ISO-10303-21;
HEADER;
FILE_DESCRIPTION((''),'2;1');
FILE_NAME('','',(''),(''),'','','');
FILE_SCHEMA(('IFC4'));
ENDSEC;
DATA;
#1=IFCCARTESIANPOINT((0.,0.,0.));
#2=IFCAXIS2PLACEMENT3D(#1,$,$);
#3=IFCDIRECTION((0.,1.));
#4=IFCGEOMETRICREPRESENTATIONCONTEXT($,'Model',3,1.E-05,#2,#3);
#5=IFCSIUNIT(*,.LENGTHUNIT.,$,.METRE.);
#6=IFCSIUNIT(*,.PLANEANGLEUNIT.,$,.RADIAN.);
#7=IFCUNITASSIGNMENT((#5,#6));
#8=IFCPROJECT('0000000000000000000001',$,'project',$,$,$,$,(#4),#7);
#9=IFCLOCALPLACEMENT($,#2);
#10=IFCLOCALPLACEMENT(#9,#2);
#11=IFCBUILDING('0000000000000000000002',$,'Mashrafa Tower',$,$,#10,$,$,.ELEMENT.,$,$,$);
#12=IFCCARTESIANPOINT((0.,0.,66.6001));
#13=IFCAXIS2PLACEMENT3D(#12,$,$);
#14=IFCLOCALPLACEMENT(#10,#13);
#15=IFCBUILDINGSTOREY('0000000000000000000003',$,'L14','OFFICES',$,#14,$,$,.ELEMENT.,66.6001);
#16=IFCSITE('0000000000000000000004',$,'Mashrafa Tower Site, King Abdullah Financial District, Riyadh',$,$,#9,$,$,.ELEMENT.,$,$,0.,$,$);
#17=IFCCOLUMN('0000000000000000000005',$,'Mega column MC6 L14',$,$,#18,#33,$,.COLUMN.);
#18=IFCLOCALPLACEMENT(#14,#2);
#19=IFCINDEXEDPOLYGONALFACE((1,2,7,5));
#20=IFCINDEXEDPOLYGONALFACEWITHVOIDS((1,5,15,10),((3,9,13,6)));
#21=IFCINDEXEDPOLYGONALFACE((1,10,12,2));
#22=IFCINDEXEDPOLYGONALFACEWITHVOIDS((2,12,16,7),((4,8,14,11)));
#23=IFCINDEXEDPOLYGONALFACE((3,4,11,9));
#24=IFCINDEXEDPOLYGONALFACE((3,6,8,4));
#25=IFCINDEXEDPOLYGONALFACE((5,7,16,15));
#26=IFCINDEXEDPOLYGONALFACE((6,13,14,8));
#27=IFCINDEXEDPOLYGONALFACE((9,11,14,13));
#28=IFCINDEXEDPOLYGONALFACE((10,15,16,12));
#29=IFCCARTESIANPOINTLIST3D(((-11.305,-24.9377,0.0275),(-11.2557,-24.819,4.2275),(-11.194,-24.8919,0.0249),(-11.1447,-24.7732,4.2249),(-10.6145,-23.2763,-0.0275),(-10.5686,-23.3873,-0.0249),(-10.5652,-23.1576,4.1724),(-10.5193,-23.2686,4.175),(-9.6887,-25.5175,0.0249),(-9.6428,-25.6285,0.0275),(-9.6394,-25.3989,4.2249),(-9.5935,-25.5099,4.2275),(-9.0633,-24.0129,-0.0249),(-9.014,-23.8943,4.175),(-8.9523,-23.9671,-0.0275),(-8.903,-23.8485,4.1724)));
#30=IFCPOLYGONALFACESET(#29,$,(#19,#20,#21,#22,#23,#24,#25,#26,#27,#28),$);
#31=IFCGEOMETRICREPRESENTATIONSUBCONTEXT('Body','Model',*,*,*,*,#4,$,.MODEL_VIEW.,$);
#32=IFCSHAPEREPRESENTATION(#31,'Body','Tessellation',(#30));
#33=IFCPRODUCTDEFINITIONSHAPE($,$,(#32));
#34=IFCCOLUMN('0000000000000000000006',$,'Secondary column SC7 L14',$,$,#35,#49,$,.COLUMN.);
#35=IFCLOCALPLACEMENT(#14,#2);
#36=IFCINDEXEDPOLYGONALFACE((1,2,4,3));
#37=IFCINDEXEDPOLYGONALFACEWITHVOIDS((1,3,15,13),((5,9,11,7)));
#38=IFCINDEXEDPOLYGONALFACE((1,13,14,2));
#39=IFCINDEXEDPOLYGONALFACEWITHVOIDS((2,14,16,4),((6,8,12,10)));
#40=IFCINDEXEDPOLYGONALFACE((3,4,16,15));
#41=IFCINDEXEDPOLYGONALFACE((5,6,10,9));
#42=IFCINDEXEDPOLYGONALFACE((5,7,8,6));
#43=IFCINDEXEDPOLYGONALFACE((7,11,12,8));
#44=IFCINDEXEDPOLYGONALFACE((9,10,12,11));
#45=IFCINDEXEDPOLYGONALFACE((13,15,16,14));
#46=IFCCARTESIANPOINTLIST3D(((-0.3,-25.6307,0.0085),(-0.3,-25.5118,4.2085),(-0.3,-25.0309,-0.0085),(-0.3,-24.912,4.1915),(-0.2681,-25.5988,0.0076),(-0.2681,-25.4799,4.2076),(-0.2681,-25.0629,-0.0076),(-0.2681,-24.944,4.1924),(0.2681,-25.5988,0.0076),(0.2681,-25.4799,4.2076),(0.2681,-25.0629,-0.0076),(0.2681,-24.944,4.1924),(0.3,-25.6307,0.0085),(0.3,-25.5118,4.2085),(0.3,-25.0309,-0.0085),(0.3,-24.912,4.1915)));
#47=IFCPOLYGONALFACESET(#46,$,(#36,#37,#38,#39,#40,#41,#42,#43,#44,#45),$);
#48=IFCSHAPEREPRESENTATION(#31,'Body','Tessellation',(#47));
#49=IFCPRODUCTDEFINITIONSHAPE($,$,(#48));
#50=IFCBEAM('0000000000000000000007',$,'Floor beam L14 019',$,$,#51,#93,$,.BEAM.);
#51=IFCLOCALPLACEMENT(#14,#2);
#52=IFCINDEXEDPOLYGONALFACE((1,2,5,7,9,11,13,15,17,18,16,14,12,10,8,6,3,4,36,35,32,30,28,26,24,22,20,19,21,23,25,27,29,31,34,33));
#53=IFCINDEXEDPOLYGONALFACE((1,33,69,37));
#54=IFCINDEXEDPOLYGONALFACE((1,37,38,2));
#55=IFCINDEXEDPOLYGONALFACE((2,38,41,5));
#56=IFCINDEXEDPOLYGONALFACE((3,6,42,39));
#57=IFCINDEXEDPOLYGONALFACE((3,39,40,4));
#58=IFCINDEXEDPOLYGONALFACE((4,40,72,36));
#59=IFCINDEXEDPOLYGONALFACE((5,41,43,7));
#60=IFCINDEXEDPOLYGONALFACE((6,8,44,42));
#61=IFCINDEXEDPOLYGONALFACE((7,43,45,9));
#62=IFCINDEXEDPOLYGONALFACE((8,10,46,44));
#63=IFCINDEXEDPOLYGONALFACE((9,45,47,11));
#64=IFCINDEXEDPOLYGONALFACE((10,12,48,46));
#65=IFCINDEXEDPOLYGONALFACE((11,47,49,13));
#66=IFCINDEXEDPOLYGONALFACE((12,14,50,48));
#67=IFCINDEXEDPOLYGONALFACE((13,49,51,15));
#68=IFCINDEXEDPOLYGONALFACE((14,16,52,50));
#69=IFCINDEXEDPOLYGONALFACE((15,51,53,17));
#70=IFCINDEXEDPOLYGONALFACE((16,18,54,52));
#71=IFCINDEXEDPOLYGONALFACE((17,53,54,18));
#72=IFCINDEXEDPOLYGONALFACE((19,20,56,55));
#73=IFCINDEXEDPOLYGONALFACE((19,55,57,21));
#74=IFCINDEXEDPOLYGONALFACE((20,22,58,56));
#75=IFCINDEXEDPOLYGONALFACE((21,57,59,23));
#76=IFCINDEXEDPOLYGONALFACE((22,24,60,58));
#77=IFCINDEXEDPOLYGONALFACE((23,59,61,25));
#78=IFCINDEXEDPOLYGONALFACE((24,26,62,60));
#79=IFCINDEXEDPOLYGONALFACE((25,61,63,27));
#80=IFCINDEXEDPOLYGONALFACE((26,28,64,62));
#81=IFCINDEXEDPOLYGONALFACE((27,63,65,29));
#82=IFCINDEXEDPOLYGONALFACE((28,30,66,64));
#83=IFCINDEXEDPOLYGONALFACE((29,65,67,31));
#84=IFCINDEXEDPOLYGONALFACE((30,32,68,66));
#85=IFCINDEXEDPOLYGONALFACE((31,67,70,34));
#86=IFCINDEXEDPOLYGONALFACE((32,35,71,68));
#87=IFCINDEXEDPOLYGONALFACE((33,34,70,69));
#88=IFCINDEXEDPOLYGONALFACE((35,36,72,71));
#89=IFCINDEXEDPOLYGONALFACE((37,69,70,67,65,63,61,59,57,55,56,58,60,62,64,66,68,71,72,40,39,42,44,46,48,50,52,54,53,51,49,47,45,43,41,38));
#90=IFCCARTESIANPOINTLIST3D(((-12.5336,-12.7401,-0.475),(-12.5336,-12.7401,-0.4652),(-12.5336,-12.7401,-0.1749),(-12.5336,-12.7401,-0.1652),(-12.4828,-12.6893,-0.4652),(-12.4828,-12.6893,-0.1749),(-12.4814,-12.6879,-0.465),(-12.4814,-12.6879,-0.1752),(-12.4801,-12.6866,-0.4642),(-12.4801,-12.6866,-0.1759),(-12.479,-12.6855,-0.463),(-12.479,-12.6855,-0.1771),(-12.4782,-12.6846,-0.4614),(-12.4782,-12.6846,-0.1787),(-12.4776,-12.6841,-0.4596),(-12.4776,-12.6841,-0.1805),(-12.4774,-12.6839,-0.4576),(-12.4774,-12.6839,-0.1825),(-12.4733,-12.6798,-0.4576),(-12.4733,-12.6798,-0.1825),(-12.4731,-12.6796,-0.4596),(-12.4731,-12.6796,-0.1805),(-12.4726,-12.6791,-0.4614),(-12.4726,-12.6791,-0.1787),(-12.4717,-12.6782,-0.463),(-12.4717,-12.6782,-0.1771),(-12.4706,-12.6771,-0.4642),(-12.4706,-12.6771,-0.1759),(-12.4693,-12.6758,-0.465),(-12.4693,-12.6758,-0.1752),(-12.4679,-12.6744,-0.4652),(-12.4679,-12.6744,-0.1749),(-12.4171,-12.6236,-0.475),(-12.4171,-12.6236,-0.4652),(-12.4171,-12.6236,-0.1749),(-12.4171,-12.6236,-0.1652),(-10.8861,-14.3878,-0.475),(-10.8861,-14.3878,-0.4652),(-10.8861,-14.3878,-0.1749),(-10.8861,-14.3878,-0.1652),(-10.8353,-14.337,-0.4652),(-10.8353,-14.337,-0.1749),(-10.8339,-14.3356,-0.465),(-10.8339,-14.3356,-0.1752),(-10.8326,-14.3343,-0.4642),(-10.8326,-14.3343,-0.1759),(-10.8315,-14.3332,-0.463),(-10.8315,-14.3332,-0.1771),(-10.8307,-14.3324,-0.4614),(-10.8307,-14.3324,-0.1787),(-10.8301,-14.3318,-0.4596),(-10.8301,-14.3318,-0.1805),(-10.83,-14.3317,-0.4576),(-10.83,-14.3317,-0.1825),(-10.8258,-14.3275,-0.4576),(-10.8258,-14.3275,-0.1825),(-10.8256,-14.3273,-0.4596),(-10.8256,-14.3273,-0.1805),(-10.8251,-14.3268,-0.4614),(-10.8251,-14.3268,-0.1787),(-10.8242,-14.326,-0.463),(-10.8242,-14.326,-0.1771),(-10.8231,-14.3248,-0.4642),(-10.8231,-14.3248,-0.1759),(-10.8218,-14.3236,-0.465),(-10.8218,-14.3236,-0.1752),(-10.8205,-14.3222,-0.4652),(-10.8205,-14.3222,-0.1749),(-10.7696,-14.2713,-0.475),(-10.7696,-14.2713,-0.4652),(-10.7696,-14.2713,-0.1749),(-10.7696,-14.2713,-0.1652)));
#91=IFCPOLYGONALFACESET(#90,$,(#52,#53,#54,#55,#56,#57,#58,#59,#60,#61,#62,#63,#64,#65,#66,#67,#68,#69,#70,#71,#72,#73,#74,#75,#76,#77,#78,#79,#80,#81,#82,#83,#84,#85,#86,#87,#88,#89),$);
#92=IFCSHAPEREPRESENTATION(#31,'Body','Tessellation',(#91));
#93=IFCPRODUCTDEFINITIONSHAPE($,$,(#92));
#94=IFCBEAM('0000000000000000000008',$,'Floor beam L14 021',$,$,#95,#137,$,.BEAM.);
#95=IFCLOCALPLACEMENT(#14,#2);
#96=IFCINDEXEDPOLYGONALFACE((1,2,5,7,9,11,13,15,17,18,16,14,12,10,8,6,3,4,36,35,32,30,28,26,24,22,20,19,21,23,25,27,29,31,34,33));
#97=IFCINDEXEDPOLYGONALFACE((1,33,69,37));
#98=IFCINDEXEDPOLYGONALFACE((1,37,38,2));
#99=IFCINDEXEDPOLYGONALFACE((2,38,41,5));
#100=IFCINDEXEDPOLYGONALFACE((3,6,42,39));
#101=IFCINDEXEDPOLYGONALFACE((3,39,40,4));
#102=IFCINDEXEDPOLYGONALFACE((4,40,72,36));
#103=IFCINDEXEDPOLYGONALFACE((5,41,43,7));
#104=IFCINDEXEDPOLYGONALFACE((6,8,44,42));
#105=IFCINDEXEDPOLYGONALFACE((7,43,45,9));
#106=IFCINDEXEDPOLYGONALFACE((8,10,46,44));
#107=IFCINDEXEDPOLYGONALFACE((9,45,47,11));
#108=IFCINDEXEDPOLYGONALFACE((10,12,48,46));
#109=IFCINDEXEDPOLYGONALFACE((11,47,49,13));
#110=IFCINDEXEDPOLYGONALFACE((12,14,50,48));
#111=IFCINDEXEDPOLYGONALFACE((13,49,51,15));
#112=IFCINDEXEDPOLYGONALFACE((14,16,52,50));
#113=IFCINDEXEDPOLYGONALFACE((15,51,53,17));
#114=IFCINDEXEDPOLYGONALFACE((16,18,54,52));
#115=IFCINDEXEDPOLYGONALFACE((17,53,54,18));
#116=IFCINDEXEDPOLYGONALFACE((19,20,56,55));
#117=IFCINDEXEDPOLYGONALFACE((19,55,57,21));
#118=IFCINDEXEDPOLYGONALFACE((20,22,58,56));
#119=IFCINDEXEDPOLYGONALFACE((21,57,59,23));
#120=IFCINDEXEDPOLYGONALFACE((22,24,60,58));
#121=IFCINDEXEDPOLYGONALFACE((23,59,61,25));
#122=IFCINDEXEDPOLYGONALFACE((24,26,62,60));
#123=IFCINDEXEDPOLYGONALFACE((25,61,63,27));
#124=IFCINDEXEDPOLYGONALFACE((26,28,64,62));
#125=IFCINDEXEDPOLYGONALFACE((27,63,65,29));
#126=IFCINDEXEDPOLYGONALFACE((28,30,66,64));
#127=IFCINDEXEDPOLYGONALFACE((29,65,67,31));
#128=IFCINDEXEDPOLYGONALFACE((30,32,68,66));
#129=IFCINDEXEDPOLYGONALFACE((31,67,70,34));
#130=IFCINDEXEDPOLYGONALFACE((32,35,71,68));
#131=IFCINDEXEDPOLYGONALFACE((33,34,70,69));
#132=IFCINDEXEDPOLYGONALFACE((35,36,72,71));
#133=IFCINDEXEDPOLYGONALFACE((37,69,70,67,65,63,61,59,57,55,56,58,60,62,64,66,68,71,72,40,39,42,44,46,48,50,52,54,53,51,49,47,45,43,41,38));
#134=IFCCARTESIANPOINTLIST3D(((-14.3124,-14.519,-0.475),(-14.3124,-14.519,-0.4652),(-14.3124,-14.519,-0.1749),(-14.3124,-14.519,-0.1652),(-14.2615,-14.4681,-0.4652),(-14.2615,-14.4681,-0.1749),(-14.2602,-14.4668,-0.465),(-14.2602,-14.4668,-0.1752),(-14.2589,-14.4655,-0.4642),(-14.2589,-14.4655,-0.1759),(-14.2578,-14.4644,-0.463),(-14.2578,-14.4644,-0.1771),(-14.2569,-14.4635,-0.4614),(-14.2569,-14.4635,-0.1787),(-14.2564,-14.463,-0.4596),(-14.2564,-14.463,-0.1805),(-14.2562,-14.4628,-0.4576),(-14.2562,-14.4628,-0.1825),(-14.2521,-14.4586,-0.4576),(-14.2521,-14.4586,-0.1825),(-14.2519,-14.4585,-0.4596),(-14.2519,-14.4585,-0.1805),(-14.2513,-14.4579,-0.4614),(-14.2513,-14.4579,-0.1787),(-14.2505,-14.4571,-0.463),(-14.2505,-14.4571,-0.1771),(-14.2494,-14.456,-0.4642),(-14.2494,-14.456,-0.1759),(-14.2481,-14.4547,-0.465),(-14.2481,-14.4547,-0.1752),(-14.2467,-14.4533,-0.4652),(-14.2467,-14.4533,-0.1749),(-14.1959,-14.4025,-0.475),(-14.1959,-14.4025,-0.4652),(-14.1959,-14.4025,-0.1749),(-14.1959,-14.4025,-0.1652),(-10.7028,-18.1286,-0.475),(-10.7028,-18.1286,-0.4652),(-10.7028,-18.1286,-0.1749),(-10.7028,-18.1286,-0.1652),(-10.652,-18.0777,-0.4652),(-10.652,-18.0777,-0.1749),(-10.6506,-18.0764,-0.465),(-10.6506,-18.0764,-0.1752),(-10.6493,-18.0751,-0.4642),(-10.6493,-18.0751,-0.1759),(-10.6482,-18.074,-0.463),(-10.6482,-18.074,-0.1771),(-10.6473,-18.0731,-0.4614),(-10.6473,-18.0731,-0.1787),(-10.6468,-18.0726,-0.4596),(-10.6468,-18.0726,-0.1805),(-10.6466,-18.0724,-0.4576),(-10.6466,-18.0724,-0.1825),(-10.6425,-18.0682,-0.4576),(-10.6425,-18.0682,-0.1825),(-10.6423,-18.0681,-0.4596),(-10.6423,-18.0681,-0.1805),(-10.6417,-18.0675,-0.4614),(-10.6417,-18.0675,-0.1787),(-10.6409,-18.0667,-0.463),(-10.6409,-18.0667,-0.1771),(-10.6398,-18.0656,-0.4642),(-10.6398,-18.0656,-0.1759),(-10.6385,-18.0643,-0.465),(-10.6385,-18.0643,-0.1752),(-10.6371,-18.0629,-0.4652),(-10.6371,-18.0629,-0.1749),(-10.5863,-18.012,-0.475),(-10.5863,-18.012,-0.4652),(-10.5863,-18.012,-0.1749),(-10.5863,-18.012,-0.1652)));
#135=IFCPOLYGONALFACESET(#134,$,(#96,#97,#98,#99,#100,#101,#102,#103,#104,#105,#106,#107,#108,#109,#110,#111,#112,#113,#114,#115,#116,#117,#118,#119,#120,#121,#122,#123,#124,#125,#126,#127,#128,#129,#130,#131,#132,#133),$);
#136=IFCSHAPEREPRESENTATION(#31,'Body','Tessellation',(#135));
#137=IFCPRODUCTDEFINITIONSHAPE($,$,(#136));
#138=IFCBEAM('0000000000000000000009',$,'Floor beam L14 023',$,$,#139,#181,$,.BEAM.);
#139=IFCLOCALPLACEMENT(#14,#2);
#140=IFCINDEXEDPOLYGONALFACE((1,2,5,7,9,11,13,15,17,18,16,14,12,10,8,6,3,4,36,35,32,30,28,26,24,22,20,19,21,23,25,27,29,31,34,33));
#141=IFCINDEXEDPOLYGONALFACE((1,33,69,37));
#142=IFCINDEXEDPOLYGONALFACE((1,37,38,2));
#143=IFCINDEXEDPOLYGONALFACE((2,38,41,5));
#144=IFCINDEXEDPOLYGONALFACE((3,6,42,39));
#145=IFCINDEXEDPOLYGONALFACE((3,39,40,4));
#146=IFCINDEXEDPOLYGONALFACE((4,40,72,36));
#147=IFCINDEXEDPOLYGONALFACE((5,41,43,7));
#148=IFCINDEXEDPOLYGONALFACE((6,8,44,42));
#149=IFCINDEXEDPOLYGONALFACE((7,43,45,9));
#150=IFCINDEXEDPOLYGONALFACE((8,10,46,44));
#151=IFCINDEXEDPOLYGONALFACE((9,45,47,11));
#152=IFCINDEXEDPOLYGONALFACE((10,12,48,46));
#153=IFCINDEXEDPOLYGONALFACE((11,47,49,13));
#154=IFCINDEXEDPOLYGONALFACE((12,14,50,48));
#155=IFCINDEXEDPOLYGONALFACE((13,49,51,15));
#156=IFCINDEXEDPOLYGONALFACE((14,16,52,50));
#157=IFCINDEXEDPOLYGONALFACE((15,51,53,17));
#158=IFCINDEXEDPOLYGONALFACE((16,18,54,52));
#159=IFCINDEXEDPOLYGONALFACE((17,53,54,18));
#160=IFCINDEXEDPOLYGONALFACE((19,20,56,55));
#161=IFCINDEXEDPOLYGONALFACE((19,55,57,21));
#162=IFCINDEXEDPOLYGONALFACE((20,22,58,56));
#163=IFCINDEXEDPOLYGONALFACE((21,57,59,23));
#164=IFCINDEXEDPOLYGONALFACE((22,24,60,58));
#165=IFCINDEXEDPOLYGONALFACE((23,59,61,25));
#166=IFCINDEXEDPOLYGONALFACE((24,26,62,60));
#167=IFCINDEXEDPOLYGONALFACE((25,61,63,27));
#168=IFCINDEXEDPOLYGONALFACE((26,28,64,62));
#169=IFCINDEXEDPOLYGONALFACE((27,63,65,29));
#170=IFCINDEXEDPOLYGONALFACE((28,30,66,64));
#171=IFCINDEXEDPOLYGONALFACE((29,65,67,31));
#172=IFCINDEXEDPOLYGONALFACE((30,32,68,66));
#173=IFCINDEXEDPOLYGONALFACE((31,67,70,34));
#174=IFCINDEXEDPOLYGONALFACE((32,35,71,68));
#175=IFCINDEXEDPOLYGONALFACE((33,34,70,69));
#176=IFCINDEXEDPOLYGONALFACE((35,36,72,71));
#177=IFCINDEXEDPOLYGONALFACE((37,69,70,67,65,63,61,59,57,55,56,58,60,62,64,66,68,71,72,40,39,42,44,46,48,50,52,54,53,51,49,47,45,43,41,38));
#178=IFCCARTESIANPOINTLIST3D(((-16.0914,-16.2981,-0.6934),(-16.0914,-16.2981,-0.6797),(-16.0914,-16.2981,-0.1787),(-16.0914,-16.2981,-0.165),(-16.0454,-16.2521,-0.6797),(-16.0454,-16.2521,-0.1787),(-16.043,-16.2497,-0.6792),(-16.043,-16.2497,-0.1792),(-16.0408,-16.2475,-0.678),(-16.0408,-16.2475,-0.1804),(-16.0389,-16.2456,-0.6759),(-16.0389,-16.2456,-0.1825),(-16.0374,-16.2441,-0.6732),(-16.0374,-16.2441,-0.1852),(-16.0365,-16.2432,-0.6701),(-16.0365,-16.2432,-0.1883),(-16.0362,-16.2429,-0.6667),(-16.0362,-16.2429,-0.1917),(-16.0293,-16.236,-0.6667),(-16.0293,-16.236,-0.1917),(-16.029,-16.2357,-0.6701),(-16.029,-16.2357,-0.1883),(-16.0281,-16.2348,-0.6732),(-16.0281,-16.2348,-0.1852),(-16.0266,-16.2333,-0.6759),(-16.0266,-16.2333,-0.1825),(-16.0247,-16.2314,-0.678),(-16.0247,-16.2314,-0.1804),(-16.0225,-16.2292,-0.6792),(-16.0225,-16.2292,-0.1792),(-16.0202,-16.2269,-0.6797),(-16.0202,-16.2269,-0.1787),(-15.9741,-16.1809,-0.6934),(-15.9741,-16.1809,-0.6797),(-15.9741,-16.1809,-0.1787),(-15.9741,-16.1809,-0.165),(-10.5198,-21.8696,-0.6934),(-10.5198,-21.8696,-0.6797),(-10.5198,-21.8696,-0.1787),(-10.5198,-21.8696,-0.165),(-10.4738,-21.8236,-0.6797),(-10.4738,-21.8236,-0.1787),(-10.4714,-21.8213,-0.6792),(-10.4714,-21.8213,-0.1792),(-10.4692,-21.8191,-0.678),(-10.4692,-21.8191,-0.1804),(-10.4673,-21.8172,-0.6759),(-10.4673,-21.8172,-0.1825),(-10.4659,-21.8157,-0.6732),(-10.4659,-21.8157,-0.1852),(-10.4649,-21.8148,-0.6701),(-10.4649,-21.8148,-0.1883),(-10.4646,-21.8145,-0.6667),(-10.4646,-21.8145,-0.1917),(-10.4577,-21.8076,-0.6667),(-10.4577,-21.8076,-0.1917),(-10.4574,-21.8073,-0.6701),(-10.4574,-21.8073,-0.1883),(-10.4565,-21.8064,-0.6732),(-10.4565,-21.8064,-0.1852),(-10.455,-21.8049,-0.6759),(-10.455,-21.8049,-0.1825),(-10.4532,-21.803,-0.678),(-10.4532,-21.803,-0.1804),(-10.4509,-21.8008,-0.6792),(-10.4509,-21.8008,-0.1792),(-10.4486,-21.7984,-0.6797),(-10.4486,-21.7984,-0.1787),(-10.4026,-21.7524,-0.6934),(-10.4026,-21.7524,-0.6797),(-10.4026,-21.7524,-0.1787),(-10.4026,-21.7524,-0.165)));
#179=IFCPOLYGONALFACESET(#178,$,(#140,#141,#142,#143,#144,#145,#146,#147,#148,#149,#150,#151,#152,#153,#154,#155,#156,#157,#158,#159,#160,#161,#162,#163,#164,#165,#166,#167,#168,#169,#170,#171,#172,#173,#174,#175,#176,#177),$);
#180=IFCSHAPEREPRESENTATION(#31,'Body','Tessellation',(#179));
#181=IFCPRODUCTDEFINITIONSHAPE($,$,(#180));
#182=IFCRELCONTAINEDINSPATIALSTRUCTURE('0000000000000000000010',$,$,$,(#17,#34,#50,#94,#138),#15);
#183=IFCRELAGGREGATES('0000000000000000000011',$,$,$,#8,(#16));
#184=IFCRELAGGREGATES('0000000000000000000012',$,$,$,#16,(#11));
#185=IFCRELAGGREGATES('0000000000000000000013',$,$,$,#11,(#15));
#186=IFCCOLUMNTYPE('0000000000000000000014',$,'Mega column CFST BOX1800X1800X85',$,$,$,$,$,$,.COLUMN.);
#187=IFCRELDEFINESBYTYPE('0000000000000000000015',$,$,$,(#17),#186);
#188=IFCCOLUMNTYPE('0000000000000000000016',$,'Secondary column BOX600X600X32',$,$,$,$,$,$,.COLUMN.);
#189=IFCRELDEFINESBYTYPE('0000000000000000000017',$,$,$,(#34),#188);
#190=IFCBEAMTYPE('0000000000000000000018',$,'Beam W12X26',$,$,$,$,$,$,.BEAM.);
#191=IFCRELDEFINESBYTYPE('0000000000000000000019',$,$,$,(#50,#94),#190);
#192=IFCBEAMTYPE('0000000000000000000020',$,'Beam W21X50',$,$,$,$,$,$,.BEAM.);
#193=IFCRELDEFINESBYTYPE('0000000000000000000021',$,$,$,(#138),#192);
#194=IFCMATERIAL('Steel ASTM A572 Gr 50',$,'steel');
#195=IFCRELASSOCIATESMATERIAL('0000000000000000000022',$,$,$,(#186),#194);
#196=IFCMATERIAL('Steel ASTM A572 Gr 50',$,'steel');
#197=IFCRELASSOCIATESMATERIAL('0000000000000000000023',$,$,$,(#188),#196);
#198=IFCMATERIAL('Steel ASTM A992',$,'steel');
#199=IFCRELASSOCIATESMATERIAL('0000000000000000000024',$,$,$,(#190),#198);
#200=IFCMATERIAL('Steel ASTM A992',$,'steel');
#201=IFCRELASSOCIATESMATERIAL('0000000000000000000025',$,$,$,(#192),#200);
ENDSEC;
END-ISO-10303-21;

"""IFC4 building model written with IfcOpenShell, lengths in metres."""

from ifc_helpers import new_model, si_unit, direction, frame, origin, origin_2d, place, context, subcontext, project, spatial, hollow_rectangle, i_section, extrude, material, material_profile, profile_set, type_object, element, save


model = new_model("IFC4")

# Units and contexts
model_context = context("Model", 3, precision=1e-05, world=origin(), true_north=direction((0.0, 1.0)))
body_context = subcontext(model_context, "Body", "Model", "MODEL_VIEW")
ifc_project = project(units=[si_unit("LENGTHUNIT", "METRE"), si_unit("PLANEANGLEUNIT", "RADIAN")], contexts=[model_context])

# Site, building, storey
site_placement = place(None, origin())
site = spatial("IfcSite", under=ifc_project, at=site_placement, Name="Mashrafa Tower Site, King Abdullah Financial District, Riyadh", CompositionType="ELEMENT", RefElevation=0.0)
building_placement = place(site_placement, origin())
building = spatial("IfcBuilding", under=site, at=building_placement, Name="Mashrafa Tower", CompositionType="ELEMENT")
storey_placement = place(building_placement, frame((0.0, 0.0, 66.6001)))
storey = spatial("IfcBuildingStorey", under=building, at=storey_placement, Name="L14", Description="OFFICES", CompositionType="ELEMENT", Elevation=66.6001)

# Columns
ifc_material_1 = material(Name="Steel ASTM A572 Gr 50", Category="steel")
ifc_material_profile_1 = material_profile(ifc_material_1, hollow_rectangle(XDim=1.8, YDim=1.8, WallThickness=0.085, at=origin_2d()), Name="BOX1800X1800X85")
ifc_profile_set_1 = profile_set([ifc_material_profile_1], Name="Steel ASTM A572 Gr 50")
column_type_1 = type_object("IfcColumnType", Name="Mega column CFST BOX1800X1800X85", PredefinedType="COLUMN", material=ifc_profile_set_1)
column_1_placement = place(storey_placement, frame((-10.1287, -24.4524, 0.0), z_axis=(0.011737, 0.028238, 0.999532), x_axis=(-0.923414, 0.383806, 0.0)))
element("IfcColumn", 1, at=column_1_placement, inside=storey, type_object=column_type_1, Name="Mega column MC6 L14", PredefinedType="COLUMN", context=body_context, shape_type="SweptSolid", body=[
    extrude(hollow_rectangle(XDim=1.8, YDim=1.8, WallThickness=0.085, at=origin_2d()), origin(), (0.0, 0.0, 1.0), 4.2019),
])
ifc_material_2 = material(Name="Steel ASTM A572 Gr 50", Category="steel")
ifc_material_profile_2 = material_profile(ifc_material_2, hollow_rectangle(XDim=0.6001, YDim=0.6001, WallThickness=0.032, at=origin_2d()), Name="BOX600X600X32")
ifc_profile_set_2 = profile_set([ifc_material_profile_2], Name="Steel ASTM A572 Gr 50")
column_type_2 = type_object("IfcColumnType", Name="Secondary column BOX600X600X32", PredefinedType="COLUMN", material=ifc_profile_set_2)
column_2_placement = place(storey_placement, frame((0.0, -25.3308, 0.0), z_axis=(0.0, 0.028298, 0.9996), x_axis=(-1.0, 0.0, 0.0)))
element("IfcColumn", 2, at=column_2_placement, inside=storey, type_object=column_type_2, Name="Secondary column SC7 L14", PredefinedType="COLUMN", context=body_context, shape_type="SweptSolid", body=[
    extrude(hollow_rectangle(XDim=0.6001, YDim=0.6001, WallThickness=0.032, at=origin_2d()), origin(), (0.0, 0.0, 1.0), 4.2017),
])

# Beams
ifc_material_3 = material(Name="Steel ASTM A992", Category="steel")
ifc_material_profile_3 = material_profile(ifc_material_3, i_section(OverallWidth=0.1648, OverallDepth=0.3098, WebThickness=0.0059, FlangeThickness=0.0098, FilletRadius=0.0076, at=origin_2d()), Name="W12X26")
ifc_profile_set_3 = profile_set([ifc_material_profile_3], Name="Steel ASTM A992")
beam_type_1 = type_object("IfcBeamType", Name="Beam W12X26", PredefinedType="BEAM", material=ifc_profile_set_3)
beam_1_placement = place(storey_placement, frame((-10.8279, -14.3296, -0.3201), z_axis=(-0.707054, 0.707159, 0.0), x_axis=(-0.707159, -0.707054, 0.0)))
element("IfcBeam", 3, at=beam_1_placement, inside=storey, type_object=beam_type_1, Name="Floor beam L14 019", PredefinedType="BEAM", context=body_context, shape_type="SweptSolid", body=[
    extrude(i_section(OverallWidth=0.1648, OverallDepth=0.3098, WebThickness=0.0059, FlangeThickness=0.0098, FilletRadius=0.0076, at=origin_2d()), origin(), (0.0, 0.0, 1.0), 2.3301),
])
beam_2_placement = place(storey_placement, frame((-10.6445, -18.0703, -0.3201), z_axis=(-0.707107, 0.707107, 0.0), x_axis=(-0.707107, -0.707107, 0.0)))
element("IfcBeam", 4, at=beam_2_placement, inside=storey, type_object=beam_type_1, Name="Floor beam L14 021", PredefinedType="BEAM", context=body_context, shape_type="SweptSolid", body=[
    extrude(i_section(OverallWidth=0.1648, OverallDepth=0.3098, WebThickness=0.0059, FlangeThickness=0.0098, FilletRadius=0.0076, at=origin_2d()), origin(), (0.0, 0.0, 1.0), 5.1047),
])
ifc_material_4 = material(Name="Steel ASTM A992", Category="steel")
ifc_material_profile_4 = material_profile(ifc_material_4, i_section(OverallWidth=0.1658, OverallDepth=0.5283, WebThickness=0.0098, FlangeThickness=0.0137, FilletRadius=0.0129, at=origin_2d()), Name="W21X50")
ifc_profile_set_4 = profile_set([ifc_material_profile_4], Name="Steel ASTM A992")
beam_type_2 = type_object("IfcBeamType", Name="Beam W21X50", PredefinedType="BEAM", material=ifc_profile_set_4)
beam_3_placement = place(storey_placement, frame((-10.4612, -21.811, -0.4292), z_axis=(-0.707107, 0.707107, 0.0), x_axis=(-0.707107, -0.707107, 0.0)))
element("IfcBeam", 5, at=beam_3_placement, inside=storey, type_object=beam_type_2, Name="Floor beam L14 023", PredefinedType="BEAM", context=body_context, shape_type="SweptSolid", body=[
    extrude(i_section(OverallWidth=0.1658, OverallDepth=0.5283, WebThickness=0.0098, FlangeThickness=0.0137, FilletRadius=0.0129, at=origin_2d()), origin(), (0.0, 0.0, 1.0), 7.8794),
])

save(model, "model.ifc")
